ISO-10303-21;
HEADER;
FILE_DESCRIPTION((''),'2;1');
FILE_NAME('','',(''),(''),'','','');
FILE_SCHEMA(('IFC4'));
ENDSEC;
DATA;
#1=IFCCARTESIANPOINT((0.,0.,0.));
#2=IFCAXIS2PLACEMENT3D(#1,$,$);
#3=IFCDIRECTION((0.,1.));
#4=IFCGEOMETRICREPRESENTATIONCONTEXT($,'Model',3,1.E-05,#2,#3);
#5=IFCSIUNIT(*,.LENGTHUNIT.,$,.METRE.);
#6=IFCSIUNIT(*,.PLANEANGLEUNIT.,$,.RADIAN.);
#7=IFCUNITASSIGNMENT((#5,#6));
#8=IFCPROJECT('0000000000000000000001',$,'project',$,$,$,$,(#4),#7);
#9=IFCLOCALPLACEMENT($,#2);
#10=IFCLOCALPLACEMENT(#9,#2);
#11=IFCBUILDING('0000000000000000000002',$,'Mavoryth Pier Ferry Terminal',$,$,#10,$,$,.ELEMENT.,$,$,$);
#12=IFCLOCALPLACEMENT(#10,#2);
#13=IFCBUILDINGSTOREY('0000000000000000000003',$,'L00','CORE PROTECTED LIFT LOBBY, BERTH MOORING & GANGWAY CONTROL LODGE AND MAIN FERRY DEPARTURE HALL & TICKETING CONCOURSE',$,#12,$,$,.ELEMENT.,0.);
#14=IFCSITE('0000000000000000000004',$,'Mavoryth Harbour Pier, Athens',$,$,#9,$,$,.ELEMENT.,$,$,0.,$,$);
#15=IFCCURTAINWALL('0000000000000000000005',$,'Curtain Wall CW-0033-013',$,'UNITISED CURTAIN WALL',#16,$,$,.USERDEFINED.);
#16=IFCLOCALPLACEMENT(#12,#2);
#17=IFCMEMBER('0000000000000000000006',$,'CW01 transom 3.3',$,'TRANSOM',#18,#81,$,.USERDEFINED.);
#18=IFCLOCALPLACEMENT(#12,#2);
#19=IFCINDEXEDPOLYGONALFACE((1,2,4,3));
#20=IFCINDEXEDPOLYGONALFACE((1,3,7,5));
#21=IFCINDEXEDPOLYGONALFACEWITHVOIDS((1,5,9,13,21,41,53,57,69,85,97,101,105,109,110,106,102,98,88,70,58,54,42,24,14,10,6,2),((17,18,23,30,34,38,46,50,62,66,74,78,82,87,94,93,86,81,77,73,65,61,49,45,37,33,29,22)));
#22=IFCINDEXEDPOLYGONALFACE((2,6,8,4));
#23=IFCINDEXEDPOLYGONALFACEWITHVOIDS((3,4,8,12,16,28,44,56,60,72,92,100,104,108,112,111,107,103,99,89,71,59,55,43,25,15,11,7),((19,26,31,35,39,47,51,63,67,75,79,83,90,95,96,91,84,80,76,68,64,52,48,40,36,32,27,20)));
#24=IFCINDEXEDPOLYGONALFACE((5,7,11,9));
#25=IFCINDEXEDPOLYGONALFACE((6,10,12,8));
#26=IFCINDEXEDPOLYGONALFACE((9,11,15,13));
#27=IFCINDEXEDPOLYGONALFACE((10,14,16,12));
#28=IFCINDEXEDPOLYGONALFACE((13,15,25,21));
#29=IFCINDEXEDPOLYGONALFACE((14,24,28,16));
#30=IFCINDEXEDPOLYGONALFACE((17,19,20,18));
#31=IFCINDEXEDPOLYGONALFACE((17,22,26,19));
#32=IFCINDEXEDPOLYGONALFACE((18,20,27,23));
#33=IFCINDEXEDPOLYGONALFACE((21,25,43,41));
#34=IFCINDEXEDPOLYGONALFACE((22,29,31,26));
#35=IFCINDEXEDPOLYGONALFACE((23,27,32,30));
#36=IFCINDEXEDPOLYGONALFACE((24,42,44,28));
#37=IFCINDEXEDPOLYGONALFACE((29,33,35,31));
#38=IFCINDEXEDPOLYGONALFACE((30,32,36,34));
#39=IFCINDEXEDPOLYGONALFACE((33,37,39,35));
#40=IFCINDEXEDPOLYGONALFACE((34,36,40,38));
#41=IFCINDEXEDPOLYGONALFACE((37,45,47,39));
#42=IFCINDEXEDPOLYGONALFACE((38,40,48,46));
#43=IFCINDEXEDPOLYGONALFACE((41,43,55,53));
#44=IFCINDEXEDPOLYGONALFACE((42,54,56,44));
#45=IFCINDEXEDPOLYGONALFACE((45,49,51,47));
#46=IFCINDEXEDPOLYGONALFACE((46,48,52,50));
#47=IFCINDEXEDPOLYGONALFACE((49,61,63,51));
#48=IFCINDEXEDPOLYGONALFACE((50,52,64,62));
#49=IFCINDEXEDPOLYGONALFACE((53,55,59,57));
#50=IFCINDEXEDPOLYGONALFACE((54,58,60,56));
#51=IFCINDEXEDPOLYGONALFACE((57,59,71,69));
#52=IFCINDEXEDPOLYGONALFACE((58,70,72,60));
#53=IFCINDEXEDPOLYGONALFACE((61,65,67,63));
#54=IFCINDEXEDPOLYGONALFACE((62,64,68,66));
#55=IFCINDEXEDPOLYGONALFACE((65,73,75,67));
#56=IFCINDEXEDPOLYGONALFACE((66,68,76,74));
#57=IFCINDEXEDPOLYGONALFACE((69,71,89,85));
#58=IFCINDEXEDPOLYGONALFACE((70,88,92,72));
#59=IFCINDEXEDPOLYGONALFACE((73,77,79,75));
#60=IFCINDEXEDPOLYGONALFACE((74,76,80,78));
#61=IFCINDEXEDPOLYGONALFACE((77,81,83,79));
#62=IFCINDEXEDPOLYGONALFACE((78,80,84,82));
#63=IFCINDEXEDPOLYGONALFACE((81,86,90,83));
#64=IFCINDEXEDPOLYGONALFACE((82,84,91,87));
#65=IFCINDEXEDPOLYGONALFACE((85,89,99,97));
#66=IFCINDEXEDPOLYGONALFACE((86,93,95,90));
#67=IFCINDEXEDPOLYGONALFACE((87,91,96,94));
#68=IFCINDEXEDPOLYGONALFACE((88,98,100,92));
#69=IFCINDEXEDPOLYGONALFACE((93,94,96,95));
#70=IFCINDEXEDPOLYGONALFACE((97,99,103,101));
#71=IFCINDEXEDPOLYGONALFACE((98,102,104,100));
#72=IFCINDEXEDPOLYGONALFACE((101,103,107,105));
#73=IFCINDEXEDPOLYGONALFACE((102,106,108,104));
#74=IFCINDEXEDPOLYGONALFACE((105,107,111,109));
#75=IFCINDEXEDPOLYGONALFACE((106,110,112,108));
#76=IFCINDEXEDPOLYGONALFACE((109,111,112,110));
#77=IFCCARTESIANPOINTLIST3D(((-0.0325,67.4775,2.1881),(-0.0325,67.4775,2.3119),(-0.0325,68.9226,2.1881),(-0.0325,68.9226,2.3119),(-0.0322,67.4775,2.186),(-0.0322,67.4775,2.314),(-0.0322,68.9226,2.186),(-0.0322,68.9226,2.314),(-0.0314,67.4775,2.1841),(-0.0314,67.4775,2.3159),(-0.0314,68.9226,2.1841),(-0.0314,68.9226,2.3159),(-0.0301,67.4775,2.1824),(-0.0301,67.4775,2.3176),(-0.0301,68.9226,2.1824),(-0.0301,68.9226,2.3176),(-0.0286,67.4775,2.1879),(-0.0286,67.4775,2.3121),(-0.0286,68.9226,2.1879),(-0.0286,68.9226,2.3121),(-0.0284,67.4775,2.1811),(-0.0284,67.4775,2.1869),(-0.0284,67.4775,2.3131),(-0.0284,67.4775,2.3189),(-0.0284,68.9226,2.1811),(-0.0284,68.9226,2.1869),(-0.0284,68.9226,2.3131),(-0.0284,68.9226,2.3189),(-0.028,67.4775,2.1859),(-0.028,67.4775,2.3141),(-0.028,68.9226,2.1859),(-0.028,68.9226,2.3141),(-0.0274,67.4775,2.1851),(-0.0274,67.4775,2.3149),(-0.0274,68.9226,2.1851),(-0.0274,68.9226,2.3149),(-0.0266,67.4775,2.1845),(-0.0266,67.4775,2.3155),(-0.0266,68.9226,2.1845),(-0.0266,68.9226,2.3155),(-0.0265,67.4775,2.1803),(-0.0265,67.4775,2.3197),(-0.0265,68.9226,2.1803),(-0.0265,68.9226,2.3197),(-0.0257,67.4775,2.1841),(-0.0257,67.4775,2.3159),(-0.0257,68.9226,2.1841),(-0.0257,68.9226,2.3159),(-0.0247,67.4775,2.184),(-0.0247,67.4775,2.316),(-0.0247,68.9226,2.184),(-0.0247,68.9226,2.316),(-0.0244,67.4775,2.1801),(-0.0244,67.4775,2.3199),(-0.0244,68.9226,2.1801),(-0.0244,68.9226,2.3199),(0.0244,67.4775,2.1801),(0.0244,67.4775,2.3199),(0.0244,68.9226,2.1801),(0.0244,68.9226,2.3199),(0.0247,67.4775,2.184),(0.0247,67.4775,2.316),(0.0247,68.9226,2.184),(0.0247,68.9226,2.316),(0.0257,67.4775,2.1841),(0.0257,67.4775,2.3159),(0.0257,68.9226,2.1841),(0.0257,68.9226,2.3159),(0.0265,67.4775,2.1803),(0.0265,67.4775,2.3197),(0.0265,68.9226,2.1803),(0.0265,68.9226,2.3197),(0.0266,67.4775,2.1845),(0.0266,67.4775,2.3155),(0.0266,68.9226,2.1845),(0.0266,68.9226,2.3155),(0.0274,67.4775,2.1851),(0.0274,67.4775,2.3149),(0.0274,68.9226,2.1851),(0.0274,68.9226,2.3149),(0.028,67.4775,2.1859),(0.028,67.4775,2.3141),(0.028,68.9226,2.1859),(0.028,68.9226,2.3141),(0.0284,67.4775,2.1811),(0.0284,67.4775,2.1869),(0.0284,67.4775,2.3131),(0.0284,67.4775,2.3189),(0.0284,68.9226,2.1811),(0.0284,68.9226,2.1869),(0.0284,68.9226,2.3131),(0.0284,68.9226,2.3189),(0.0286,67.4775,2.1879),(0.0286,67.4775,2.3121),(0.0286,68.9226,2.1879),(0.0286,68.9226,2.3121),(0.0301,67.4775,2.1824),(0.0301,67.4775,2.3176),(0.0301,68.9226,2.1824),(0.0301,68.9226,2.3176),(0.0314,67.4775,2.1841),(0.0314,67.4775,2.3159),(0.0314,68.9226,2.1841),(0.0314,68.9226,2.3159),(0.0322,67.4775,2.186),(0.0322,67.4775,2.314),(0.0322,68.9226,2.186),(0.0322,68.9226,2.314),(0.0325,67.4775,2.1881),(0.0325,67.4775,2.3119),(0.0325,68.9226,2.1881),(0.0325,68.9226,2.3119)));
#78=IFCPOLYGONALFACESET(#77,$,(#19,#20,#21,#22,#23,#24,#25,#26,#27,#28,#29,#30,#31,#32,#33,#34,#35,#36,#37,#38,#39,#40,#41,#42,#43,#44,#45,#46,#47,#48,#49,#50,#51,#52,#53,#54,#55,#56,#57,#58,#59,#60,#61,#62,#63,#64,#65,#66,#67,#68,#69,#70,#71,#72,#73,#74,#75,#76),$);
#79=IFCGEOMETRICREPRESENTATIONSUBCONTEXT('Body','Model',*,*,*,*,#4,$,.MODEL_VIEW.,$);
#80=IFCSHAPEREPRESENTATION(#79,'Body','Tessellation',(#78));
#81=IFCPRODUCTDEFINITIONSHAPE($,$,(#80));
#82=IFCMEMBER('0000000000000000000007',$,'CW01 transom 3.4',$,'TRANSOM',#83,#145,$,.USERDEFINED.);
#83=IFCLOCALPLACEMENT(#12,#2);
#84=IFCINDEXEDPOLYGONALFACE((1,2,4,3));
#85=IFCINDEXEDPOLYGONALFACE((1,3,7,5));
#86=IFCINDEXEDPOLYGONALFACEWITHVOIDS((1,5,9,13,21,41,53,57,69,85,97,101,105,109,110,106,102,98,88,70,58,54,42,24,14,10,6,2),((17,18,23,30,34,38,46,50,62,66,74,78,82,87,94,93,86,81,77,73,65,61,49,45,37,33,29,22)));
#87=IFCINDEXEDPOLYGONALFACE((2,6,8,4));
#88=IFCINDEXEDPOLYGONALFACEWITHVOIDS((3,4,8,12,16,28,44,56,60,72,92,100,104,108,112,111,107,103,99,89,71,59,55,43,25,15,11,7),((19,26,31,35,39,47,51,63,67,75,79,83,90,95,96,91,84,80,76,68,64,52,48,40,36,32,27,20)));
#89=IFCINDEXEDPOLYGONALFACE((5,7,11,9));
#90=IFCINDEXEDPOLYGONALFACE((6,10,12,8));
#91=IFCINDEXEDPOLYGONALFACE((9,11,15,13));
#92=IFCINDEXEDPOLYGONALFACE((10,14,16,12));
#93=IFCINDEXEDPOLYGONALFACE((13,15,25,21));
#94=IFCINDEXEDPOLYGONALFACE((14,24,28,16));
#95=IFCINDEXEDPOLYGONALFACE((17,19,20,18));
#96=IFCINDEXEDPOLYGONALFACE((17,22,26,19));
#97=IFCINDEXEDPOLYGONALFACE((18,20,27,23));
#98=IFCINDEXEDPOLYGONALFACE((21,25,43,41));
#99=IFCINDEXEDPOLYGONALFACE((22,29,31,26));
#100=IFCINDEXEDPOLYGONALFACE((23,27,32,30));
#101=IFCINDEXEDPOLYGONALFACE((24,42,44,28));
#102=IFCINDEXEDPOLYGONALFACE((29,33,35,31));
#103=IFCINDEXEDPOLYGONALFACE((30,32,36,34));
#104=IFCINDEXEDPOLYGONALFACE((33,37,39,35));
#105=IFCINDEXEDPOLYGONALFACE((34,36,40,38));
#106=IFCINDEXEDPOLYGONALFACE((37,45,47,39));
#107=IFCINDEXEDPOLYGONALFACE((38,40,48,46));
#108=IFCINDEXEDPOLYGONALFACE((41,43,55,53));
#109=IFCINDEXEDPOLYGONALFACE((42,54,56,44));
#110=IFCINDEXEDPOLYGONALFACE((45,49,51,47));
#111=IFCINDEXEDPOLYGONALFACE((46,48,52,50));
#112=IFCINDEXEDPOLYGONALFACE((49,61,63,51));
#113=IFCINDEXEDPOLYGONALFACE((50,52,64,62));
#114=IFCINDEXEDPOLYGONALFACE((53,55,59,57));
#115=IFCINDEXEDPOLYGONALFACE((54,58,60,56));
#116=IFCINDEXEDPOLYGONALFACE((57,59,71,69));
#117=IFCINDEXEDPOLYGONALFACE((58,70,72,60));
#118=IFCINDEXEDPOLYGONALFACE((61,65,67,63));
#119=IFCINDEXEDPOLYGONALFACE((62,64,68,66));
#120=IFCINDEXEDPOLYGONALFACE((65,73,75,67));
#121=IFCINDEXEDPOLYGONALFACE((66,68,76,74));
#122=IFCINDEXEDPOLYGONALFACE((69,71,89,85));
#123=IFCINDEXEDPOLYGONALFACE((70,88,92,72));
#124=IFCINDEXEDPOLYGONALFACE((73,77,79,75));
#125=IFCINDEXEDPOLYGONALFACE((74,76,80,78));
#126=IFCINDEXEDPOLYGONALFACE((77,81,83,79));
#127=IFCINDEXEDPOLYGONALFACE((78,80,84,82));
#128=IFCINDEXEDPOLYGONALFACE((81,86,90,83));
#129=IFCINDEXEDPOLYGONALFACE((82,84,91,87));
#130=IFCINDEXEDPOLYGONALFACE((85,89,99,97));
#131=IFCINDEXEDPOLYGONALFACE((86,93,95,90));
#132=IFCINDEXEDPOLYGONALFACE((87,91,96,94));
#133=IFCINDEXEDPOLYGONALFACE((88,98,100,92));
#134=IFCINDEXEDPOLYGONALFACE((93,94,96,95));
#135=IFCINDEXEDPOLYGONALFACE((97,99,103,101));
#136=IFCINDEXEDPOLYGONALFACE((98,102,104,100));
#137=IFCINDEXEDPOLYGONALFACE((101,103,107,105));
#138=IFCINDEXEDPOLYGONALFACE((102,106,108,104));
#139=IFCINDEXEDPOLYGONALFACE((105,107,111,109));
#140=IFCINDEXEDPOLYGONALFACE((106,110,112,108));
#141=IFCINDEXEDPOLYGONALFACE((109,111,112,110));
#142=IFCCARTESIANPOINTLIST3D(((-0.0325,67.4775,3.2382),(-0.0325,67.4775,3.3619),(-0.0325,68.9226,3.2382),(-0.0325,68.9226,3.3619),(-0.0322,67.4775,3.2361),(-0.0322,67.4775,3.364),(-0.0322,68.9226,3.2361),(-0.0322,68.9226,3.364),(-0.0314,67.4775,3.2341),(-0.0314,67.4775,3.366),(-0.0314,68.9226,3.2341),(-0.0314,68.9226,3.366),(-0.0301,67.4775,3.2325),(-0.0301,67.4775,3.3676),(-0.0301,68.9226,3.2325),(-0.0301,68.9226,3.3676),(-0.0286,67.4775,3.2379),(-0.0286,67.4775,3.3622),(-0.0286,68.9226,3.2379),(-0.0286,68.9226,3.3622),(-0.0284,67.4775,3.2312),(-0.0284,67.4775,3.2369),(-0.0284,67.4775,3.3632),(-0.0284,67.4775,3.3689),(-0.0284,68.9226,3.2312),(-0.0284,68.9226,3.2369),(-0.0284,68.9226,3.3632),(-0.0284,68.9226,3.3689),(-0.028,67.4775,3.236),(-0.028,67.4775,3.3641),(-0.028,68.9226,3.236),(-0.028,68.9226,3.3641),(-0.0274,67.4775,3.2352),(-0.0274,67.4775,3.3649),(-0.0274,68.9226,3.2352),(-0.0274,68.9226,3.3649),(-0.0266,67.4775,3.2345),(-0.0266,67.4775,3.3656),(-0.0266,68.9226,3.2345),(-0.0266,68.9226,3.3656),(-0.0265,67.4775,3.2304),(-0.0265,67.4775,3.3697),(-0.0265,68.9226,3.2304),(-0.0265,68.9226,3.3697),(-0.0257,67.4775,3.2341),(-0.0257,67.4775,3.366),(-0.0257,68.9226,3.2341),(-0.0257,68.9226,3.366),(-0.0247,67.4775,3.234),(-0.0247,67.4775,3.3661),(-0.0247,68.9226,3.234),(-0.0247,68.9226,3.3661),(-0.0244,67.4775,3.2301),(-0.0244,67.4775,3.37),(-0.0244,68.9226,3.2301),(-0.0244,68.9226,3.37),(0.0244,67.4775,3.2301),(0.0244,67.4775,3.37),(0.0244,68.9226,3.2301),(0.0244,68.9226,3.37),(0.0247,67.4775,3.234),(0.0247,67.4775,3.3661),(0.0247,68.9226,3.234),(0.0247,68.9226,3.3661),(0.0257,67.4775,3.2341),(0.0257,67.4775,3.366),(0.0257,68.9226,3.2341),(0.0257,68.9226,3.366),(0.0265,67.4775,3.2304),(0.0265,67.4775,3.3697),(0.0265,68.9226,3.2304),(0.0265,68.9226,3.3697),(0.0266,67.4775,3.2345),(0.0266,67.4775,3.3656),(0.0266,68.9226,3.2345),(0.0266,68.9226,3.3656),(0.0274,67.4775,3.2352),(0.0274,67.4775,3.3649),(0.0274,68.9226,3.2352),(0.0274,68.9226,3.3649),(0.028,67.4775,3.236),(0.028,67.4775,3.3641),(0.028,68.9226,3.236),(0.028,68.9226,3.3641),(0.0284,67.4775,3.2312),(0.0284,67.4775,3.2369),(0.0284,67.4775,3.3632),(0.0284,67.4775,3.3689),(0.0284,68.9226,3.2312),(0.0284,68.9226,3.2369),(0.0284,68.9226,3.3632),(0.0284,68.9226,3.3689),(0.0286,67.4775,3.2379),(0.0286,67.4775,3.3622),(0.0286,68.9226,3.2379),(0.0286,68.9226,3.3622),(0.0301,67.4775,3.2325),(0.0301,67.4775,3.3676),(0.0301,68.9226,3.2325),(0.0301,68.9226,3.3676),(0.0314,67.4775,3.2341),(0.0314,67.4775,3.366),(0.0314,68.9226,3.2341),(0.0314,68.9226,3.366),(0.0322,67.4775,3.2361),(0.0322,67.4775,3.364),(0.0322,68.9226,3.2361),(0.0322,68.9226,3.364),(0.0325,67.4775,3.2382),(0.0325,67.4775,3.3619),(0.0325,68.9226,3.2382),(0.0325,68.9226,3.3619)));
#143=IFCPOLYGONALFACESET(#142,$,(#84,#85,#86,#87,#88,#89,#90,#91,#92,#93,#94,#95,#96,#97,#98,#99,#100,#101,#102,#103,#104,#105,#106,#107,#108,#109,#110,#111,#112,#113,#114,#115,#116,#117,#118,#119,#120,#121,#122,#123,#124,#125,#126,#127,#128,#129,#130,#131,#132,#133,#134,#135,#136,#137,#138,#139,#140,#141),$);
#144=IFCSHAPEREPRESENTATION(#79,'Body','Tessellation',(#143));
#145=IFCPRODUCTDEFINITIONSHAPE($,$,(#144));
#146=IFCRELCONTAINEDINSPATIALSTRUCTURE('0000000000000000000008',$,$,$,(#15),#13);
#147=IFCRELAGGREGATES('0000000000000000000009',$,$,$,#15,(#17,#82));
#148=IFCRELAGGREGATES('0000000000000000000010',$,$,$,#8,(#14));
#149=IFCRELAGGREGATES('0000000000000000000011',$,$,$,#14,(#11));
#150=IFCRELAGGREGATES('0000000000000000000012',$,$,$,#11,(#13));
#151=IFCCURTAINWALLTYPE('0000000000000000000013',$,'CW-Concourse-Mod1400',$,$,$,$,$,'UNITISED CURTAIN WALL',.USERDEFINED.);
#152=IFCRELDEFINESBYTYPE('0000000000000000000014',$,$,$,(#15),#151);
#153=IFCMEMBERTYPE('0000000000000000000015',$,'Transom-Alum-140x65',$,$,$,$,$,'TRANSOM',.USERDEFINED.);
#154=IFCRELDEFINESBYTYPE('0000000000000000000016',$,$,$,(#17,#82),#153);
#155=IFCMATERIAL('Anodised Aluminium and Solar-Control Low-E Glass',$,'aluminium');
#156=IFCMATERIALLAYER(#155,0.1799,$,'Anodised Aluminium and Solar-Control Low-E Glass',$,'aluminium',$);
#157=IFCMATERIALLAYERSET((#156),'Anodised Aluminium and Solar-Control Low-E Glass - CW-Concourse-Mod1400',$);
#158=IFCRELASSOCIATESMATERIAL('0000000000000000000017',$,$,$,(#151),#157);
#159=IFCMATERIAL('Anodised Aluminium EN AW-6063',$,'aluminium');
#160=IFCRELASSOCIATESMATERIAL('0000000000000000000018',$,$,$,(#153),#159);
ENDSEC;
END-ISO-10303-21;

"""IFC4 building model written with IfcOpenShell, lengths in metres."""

from ifc_helpers import new_model, si_unit, direction, frame, origin, origin_2d, place, context, subcontext, project, spatial, hollow_rectangle, extrude, material, layer, layer_set, material_profile, profile_set, type_object, element, aggregate, save


model = new_model("IFC4")

# Units and contexts
model_context = context("Model", 3, precision=1e-05, world=origin(), true_north=direction((0.0, 1.0)))
body_context = subcontext(model_context, "Body", "Model", "MODEL_VIEW")
ifc_project = project(units=[si_unit("LENGTHUNIT", "METRE"), si_unit("PLANEANGLEUNIT", "RADIAN")], contexts=[model_context])

# Site, building, storey
site_placement = place(None, origin())
site = spatial("IfcSite", under=ifc_project, at=site_placement, Name="Mavoryth Harbour Pier, Athens", CompositionType="ELEMENT", RefElevation=0.0)
building_placement = place(site_placement, origin())
building = spatial("IfcBuilding", under=site, at=building_placement, Name="Mavoryth Pier Ferry Terminal", CompositionType="ELEMENT")
storey_placement = place(building_placement, origin())
storey = spatial("IfcBuildingStorey", under=building, at=storey_placement, Name="L00", Description="CORE PROTECTED LIFT LOBBY, BERTH MOORING & GANGWAY CONTROL LODGE AND MAIN FERRY DEPARTURE HALL & TICKETING CONCOURSE", CompositionType="ELEMENT", Elevation=0.0)

# Curtain wall, members
ifc_material_1 = material(Name="Anodised Aluminium and Solar-Control Low-E Glass", Category="aluminium")
ifc_layer_1 = layer(ifc_material_1, 0.1799, Name="Anodised Aluminium and Solar-Control Low-E Glass", Category="aluminium")
ifc_layer_set_1 = layer_set([ifc_layer_1], Name="Anodised Aluminium and Solar-Control Low-E Glass - CW-Concourse-Mod1400")
curtain_wall_type = type_object("IfcCurtainWallType", Name="CW-Concourse-Mod1400", ElementType="UNITISED CURTAIN WALL", PredefinedType="USERDEFINED", material=ifc_layer_set_1)
curtain_wall_placement = place(storey_placement, origin())
curtain_wall = element("IfcCurtainWall", 1, at=curtain_wall_placement, inside=storey, type_object=curtain_wall_type, Name="Curtain Wall CW-0033-013", ObjectType="UNITISED CURTAIN WALL", PredefinedType="USERDEFINED")
ifc_material_2 = material(Name="Anodised Aluminium EN AW-6063", Category="aluminium")
ifc_material_profile_1 = material_profile(ifc_material_2, hollow_rectangle(XDim=0.0649, YDim=0.1399, WallThickness=0.0039, InnerFilletRadius=0.0039, OuterFilletRadius=0.0081, at=origin_2d()), Name="AL-TRAN 140x65x4", Category="aluminium")
ifc_profile_set_1 = profile_set([ifc_material_profile_1], Name="Anodised Aluminium EN AW-6063 - AL-TRAN 140x65x4")
member_type_1 = type_object("IfcMemberType", Name="Transom-Alum-140x65", ElementType="TRANSOM", PredefinedType="USERDEFINED", material=ifc_profile_set_1)
member_1_placement = place(storey_placement, frame((0.0, 68.9226, 2.25), z_axis=(0.0, -1.0, 0.0), x_axis=(1.0, 0.0, 0.0)))
member_1 = element("IfcMember", 2, at=member_1_placement, type_object=member_type_1, Name="CW01 transom 3.3", ObjectType="TRANSOM", PredefinedType="USERDEFINED", context=body_context, shape_type="SweptSolid", body=[
    extrude(hollow_rectangle(XDim=0.0649, YDim=0.1399, WallThickness=0.0039, InnerFilletRadius=0.0039, OuterFilletRadius=0.0081, at=origin_2d()), origin(), (0.0, 0.0, 1.0), 1.4451),
])
member_2_placement = place(storey_placement, frame((0.0, 68.9226, 3.3), z_axis=(0.0, -1.0, 0.0), x_axis=(1.0, 0.0, 0.0)))
member_2 = element("IfcMember", 3, at=member_2_placement, type_object=member_type_1, Name="CW01 transom 3.4", ObjectType="TRANSOM", PredefinedType="USERDEFINED", context=body_context, shape_type="SweptSolid", body=[
    extrude(hollow_rectangle(XDim=0.0649, YDim=0.1399, WallThickness=0.0039, InnerFilletRadius=0.0039, OuterFilletRadius=0.0081, at=origin_2d()), origin(), (0.0, 0.0, 1.0), 1.4451),
])
aggregate(curtain_wall, [member_1, member_2])

save(model, "model.ifc")
